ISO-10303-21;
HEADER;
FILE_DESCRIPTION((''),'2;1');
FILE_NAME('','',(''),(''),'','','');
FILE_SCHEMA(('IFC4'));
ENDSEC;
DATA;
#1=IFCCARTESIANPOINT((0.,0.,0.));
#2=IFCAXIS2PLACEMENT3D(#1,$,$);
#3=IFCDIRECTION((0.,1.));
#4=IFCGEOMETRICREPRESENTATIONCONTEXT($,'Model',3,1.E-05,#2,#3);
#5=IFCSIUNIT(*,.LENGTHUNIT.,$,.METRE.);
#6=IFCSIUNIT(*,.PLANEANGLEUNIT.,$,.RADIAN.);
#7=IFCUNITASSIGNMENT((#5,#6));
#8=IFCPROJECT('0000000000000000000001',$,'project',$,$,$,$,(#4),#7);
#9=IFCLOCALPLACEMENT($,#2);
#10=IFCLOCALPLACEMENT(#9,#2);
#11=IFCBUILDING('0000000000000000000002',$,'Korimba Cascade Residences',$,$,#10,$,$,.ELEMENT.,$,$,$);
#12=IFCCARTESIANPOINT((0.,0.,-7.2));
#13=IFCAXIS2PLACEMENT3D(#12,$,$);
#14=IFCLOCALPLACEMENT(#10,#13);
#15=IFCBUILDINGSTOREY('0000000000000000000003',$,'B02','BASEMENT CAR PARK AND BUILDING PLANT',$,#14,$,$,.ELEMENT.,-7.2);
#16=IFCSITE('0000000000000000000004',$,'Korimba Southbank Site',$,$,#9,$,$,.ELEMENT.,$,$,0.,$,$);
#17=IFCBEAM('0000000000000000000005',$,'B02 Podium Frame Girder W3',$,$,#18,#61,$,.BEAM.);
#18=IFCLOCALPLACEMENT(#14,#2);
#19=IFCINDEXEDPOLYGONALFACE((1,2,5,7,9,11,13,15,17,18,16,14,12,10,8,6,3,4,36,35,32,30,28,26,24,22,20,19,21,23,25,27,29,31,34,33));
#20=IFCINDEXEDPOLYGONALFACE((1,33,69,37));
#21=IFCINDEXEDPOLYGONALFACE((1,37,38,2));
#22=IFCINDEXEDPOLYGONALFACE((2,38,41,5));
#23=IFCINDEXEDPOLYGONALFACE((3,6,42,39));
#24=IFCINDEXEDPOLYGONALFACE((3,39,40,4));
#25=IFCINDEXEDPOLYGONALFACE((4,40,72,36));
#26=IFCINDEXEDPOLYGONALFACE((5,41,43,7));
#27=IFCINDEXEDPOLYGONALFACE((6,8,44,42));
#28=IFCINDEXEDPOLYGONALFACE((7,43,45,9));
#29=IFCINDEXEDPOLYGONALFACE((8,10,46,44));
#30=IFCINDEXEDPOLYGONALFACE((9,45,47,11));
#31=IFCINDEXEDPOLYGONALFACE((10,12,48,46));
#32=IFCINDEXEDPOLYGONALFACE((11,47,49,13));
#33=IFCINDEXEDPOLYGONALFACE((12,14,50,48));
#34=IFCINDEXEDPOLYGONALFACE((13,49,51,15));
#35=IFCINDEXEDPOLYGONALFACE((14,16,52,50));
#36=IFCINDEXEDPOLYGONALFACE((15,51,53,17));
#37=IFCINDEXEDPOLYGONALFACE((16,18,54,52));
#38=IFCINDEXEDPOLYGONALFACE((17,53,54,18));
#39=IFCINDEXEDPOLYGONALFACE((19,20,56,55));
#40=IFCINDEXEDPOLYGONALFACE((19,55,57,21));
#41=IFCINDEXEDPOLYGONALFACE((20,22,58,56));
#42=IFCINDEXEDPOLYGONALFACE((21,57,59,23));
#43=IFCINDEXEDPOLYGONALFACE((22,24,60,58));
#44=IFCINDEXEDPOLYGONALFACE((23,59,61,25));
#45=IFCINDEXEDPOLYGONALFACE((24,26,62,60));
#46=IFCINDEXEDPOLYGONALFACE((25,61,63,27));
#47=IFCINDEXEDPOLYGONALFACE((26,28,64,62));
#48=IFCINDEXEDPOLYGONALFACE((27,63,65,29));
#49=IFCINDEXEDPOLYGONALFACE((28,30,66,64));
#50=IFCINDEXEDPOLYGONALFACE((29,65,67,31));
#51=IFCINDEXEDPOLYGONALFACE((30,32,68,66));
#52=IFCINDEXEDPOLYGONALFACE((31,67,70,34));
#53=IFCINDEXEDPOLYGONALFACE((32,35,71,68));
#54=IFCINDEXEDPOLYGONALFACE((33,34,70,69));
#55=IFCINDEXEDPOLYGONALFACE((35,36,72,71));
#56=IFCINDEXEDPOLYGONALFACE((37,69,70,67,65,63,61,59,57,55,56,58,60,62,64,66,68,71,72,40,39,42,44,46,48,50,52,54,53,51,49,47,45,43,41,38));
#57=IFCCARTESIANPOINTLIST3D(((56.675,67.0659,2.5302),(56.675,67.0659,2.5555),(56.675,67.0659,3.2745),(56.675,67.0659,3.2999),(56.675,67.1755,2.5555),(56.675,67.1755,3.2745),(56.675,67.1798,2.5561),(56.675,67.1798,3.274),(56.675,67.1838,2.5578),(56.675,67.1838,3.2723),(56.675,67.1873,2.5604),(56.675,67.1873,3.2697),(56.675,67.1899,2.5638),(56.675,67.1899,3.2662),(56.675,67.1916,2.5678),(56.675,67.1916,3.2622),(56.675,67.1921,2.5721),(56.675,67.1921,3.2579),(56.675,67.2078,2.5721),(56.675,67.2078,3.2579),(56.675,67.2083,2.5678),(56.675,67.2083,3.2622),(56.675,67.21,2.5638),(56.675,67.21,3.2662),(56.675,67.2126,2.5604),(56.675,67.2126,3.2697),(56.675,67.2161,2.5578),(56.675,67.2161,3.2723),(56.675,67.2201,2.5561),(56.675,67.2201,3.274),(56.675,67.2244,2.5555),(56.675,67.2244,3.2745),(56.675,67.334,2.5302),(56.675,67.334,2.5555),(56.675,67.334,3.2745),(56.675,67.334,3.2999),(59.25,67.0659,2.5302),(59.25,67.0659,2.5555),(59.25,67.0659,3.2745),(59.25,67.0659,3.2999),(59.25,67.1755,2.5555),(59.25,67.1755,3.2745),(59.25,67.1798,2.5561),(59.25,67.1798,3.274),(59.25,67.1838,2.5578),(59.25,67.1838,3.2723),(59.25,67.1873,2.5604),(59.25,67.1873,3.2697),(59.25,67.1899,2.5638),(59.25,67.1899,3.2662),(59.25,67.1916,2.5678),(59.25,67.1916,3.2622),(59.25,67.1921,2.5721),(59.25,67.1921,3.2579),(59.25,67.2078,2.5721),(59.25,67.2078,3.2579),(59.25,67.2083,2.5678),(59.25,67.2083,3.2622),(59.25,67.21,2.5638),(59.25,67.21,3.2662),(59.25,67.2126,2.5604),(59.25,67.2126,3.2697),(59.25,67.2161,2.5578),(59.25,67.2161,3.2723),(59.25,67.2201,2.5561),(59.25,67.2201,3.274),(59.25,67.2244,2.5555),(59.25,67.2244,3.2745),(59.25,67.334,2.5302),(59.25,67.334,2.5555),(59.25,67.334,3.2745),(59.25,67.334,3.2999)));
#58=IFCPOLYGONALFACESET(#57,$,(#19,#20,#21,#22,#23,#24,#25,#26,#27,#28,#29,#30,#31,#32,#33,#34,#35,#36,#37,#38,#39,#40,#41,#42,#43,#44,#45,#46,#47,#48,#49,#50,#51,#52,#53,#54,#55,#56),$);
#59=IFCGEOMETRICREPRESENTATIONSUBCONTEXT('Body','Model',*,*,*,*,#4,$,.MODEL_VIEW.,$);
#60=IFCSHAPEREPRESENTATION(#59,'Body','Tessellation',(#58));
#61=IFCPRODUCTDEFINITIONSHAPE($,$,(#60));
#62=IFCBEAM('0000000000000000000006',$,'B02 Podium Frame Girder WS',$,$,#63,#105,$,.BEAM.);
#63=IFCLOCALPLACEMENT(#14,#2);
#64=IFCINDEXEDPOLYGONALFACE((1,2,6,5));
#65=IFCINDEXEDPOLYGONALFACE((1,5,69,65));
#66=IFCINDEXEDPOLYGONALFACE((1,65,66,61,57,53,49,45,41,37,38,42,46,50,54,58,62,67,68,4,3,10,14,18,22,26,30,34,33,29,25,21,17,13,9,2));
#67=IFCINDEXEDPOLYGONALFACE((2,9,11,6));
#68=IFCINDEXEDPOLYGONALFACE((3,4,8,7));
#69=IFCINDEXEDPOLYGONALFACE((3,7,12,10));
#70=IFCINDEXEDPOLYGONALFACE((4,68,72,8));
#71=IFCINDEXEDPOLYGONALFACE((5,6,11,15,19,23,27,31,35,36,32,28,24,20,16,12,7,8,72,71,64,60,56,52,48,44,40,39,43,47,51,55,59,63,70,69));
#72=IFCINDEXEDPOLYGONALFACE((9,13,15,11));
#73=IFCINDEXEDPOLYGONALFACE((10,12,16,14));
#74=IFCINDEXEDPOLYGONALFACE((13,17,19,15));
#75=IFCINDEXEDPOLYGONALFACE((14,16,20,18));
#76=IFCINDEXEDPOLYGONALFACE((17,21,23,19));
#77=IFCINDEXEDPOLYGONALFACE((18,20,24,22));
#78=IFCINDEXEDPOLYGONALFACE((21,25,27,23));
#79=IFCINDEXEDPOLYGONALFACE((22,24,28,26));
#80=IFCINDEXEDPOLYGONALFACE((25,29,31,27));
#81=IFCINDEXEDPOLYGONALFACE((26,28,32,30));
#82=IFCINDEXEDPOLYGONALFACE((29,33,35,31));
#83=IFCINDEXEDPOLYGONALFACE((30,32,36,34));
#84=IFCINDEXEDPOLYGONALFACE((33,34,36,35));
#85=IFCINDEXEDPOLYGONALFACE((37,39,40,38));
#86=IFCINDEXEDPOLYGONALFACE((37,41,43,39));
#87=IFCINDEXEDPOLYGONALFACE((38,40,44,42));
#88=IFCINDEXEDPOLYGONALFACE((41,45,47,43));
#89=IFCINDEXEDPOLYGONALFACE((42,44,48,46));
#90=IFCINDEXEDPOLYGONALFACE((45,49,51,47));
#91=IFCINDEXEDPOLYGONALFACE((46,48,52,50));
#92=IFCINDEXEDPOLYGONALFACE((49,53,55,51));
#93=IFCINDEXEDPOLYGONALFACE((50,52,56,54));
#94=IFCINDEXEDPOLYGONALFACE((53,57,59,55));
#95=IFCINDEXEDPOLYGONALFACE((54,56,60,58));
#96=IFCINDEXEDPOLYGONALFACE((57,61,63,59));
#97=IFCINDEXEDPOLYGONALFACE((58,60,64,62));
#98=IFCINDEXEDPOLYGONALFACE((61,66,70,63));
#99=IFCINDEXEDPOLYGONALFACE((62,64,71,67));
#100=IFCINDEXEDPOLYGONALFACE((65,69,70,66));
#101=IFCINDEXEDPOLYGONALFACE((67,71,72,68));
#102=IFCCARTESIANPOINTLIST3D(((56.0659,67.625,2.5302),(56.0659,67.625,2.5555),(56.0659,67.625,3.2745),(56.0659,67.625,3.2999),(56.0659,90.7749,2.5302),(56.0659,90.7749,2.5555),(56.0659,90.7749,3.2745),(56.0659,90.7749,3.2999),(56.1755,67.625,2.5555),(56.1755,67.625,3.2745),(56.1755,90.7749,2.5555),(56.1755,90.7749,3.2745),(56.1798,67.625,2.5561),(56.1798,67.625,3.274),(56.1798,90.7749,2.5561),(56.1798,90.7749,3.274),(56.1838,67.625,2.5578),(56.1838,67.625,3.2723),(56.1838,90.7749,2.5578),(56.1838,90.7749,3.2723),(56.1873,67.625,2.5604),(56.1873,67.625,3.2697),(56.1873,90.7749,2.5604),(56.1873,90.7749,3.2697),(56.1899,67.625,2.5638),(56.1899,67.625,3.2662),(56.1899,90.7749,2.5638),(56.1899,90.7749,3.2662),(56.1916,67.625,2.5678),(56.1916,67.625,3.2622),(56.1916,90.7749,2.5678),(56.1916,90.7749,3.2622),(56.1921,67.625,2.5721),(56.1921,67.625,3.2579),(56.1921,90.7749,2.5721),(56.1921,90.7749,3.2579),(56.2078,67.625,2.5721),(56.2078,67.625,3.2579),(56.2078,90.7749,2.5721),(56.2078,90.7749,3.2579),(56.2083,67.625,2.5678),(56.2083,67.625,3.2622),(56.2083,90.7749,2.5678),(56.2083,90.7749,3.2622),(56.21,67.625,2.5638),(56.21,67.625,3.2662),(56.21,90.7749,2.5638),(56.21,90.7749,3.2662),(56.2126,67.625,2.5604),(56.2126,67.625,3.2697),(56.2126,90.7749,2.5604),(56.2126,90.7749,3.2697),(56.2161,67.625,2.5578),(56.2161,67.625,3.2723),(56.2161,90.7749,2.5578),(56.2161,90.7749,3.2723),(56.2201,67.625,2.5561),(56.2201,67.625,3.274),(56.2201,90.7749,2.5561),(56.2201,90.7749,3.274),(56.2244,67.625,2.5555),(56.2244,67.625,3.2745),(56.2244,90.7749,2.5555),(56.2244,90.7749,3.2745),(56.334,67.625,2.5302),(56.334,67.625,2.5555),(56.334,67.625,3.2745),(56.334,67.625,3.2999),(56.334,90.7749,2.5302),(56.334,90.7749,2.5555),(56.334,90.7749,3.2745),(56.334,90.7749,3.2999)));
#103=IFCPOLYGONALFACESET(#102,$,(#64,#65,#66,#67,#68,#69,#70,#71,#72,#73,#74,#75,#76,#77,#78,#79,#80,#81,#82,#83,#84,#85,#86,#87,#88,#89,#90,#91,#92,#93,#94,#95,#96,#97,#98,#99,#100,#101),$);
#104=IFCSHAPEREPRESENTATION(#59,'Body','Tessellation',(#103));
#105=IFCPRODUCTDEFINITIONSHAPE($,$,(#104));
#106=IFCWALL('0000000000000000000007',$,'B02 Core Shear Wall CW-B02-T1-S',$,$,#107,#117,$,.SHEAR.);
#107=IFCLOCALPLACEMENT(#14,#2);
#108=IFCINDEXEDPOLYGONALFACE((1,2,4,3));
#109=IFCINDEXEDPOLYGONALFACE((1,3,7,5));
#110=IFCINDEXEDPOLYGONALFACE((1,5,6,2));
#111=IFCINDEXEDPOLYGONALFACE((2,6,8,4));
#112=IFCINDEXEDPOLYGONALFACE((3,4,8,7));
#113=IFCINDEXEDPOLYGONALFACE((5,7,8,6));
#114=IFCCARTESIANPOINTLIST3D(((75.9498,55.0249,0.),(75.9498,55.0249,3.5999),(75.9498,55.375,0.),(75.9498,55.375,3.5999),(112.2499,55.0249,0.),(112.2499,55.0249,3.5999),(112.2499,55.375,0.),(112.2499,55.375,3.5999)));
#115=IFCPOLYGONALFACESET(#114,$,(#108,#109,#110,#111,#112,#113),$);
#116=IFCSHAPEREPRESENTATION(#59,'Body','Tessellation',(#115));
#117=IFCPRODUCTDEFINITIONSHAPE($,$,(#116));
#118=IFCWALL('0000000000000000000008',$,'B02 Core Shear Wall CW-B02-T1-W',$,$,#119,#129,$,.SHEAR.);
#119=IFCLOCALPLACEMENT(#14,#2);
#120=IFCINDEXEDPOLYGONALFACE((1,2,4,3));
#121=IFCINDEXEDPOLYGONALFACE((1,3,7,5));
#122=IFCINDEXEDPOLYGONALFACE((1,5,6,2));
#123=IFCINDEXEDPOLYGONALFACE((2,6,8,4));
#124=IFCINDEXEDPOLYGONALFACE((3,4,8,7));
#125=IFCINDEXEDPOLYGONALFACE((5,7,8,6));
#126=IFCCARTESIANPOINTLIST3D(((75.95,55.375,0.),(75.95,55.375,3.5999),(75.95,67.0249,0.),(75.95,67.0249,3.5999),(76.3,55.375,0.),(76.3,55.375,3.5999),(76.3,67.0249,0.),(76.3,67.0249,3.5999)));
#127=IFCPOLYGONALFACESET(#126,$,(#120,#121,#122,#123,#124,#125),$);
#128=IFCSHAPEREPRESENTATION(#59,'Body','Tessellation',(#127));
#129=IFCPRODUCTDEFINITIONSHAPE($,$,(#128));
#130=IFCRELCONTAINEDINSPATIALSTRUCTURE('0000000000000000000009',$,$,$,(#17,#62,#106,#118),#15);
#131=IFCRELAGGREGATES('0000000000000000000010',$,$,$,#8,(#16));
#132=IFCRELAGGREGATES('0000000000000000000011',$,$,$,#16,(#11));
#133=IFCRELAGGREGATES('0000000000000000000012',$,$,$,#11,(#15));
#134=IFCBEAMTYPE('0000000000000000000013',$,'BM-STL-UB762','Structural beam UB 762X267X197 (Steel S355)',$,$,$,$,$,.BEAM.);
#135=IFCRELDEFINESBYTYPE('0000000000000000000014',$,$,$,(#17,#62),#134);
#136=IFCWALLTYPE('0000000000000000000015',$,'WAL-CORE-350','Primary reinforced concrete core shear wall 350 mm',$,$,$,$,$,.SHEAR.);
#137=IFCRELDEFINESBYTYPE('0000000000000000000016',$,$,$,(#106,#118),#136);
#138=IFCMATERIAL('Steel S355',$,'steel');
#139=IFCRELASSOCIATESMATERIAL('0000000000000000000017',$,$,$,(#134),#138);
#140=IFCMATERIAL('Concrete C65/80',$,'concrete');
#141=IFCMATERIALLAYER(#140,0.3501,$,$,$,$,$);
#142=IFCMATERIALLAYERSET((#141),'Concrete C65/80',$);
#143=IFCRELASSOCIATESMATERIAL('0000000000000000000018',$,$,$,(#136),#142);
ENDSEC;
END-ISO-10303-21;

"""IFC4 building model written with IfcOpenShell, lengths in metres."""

from ifc_helpers import new_model, si_unit, direction, frame, frame_2d, origin, origin_2d, place, context, subcontext, project, spatial, rectangle, i_section, extrude, material, layer, layer_set, material_profile, profile_set, type_object, element, save


model = new_model("IFC4")

# Units and contexts
model_context = context("Model", 3, precision=1e-05, world=origin(), true_north=direction((0.0, 1.0)))
body_context = subcontext(model_context, "Body", "Model", "MODEL_VIEW")
ifc_project = project(units=[si_unit("LENGTHUNIT", "METRE"), si_unit("PLANEANGLEUNIT", "RADIAN")], contexts=[model_context])

# Site, building, storey
site_placement = place(None, origin())
site = spatial("IfcSite", under=ifc_project, at=site_placement, Name="Korimba Southbank Site", CompositionType="ELEMENT", RefElevation=0.0)
building_placement = place(site_placement, origin())
building = spatial("IfcBuilding", under=site, at=building_placement, Name="Korimba Cascade Residences", CompositionType="ELEMENT")
storey_placement = place(building_placement, frame((0.0, 0.0, -7.2)))
storey = spatial("IfcBuildingStorey", under=building, at=storey_placement, Name="B02", Description="BASEMENT CAR PARK AND BUILDING PLANT", CompositionType="ELEMENT", Elevation=-7.2)

# Shared definitions
ifc_material_1 = material(Name="Concrete C65/80", Category="concrete")

# Beams
ifc_material_2 = material(Name="Steel S355", Category="steel")
ifc_material_profile_1 = material_profile(ifc_material_2, i_section(OverallWidth=0.2681, OverallDepth=0.7698, WebThickness=0.0156, FlangeThickness=0.0254, FilletRadius=0.0166, at=origin_2d()), Name="Steel S355")
ifc_profile_set_1 = profile_set([ifc_material_profile_1], Name="Steel S355")
beam_type_1 = type_object("IfcBeamType", Name="BM-STL-UB762", Description="Structural beam UB 762X267X197 (Steel S355)", PredefinedType="BEAM", material=ifc_profile_set_1)
beam_1_placement = place(storey_placement, frame((56.675, 67.2, 2.915), z_axis=(1.0, 0.0, 0.0), x_axis=(0.0, 1.0, 0.0)))
element("IfcBeam", 1, at=beam_1_placement, inside=storey, type_object=beam_type_1, Name="B02 Podium Frame Girder W3", PredefinedType="BEAM", context=body_context, shape_type="SweptSolid", body=[
    extrude(i_section(OverallWidth=0.2681, OverallDepth=0.7698, WebThickness=0.0156, FlangeThickness=0.0254, FilletRadius=0.0166, at=origin_2d()), origin(), (0.0, 0.0, 1.0), 2.575),
])
beam_2_placement = place(storey_placement, frame((56.2, 67.625, 2.915), z_axis=(0.0, 1.0, 0.0), x_axis=(-1.0, 0.0, 0.0)))
element("IfcBeam", 2, at=beam_2_placement, inside=storey, type_object=beam_type_1, Name="B02 Podium Frame Girder WS", PredefinedType="BEAM", context=body_context, shape_type="SweptSolid", body=[
    extrude(i_section(OverallWidth=0.2681, OverallDepth=0.7698, WebThickness=0.0156, FlangeThickness=0.0254, FilletRadius=0.0166, at=origin_2d()), origin(), (0.0, 0.0, 1.0), 23.1499),
])

# Walls
ifc_layer_1 = layer(ifc_material_1, 0.3501)
ifc_layer_set_1 = layer_set([ifc_layer_1], Name="Concrete C65/80")
wall_type_1 = type_object("IfcWallType", Name="WAL-CORE-350", Description="Primary reinforced concrete core shear wall 350 mm", PredefinedType="SHEAR", material=ifc_layer_set_1)
wall_1_placement = place(storey_placement, frame((75.95, 55.2, 0.0), z_axis=(0.0, 0.0, 1.0), x_axis=(1.0, 0.0, 0.0)))
element("IfcWall", 3, at=wall_1_placement, inside=storey, type_object=wall_type_1, Name="B02 Core Shear Wall CW-B02-T1-S", PredefinedType="SHEAR", context=body_context, shape_type="SweptSolid", body=[
    extrude(rectangle(XDim=36.3, YDim=0.3501, at=frame_2d((18.1499, 0.0))), origin(), (0.0, 0.0, 1.0), 3.5999),
])
wall_2_placement = place(storey_placement, frame((76.125, 55.375, 0.0), z_axis=(0.0, 0.0, 1.0), x_axis=(0.0, 1.0, 0.0)))
element("IfcWall", 4, at=wall_2_placement, inside=storey, type_object=wall_type_1, Name="B02 Core Shear Wall CW-B02-T1-W", PredefinedType="SHEAR", context=body_context, shape_type="SweptSolid", body=[
    extrude(rectangle(XDim=11.6499, YDim=0.3501, at=frame_2d((5.825, 0.0))), origin(), (0.0, 0.0, 1.0), 3.5999),
])

save(model, "model.ifc")
